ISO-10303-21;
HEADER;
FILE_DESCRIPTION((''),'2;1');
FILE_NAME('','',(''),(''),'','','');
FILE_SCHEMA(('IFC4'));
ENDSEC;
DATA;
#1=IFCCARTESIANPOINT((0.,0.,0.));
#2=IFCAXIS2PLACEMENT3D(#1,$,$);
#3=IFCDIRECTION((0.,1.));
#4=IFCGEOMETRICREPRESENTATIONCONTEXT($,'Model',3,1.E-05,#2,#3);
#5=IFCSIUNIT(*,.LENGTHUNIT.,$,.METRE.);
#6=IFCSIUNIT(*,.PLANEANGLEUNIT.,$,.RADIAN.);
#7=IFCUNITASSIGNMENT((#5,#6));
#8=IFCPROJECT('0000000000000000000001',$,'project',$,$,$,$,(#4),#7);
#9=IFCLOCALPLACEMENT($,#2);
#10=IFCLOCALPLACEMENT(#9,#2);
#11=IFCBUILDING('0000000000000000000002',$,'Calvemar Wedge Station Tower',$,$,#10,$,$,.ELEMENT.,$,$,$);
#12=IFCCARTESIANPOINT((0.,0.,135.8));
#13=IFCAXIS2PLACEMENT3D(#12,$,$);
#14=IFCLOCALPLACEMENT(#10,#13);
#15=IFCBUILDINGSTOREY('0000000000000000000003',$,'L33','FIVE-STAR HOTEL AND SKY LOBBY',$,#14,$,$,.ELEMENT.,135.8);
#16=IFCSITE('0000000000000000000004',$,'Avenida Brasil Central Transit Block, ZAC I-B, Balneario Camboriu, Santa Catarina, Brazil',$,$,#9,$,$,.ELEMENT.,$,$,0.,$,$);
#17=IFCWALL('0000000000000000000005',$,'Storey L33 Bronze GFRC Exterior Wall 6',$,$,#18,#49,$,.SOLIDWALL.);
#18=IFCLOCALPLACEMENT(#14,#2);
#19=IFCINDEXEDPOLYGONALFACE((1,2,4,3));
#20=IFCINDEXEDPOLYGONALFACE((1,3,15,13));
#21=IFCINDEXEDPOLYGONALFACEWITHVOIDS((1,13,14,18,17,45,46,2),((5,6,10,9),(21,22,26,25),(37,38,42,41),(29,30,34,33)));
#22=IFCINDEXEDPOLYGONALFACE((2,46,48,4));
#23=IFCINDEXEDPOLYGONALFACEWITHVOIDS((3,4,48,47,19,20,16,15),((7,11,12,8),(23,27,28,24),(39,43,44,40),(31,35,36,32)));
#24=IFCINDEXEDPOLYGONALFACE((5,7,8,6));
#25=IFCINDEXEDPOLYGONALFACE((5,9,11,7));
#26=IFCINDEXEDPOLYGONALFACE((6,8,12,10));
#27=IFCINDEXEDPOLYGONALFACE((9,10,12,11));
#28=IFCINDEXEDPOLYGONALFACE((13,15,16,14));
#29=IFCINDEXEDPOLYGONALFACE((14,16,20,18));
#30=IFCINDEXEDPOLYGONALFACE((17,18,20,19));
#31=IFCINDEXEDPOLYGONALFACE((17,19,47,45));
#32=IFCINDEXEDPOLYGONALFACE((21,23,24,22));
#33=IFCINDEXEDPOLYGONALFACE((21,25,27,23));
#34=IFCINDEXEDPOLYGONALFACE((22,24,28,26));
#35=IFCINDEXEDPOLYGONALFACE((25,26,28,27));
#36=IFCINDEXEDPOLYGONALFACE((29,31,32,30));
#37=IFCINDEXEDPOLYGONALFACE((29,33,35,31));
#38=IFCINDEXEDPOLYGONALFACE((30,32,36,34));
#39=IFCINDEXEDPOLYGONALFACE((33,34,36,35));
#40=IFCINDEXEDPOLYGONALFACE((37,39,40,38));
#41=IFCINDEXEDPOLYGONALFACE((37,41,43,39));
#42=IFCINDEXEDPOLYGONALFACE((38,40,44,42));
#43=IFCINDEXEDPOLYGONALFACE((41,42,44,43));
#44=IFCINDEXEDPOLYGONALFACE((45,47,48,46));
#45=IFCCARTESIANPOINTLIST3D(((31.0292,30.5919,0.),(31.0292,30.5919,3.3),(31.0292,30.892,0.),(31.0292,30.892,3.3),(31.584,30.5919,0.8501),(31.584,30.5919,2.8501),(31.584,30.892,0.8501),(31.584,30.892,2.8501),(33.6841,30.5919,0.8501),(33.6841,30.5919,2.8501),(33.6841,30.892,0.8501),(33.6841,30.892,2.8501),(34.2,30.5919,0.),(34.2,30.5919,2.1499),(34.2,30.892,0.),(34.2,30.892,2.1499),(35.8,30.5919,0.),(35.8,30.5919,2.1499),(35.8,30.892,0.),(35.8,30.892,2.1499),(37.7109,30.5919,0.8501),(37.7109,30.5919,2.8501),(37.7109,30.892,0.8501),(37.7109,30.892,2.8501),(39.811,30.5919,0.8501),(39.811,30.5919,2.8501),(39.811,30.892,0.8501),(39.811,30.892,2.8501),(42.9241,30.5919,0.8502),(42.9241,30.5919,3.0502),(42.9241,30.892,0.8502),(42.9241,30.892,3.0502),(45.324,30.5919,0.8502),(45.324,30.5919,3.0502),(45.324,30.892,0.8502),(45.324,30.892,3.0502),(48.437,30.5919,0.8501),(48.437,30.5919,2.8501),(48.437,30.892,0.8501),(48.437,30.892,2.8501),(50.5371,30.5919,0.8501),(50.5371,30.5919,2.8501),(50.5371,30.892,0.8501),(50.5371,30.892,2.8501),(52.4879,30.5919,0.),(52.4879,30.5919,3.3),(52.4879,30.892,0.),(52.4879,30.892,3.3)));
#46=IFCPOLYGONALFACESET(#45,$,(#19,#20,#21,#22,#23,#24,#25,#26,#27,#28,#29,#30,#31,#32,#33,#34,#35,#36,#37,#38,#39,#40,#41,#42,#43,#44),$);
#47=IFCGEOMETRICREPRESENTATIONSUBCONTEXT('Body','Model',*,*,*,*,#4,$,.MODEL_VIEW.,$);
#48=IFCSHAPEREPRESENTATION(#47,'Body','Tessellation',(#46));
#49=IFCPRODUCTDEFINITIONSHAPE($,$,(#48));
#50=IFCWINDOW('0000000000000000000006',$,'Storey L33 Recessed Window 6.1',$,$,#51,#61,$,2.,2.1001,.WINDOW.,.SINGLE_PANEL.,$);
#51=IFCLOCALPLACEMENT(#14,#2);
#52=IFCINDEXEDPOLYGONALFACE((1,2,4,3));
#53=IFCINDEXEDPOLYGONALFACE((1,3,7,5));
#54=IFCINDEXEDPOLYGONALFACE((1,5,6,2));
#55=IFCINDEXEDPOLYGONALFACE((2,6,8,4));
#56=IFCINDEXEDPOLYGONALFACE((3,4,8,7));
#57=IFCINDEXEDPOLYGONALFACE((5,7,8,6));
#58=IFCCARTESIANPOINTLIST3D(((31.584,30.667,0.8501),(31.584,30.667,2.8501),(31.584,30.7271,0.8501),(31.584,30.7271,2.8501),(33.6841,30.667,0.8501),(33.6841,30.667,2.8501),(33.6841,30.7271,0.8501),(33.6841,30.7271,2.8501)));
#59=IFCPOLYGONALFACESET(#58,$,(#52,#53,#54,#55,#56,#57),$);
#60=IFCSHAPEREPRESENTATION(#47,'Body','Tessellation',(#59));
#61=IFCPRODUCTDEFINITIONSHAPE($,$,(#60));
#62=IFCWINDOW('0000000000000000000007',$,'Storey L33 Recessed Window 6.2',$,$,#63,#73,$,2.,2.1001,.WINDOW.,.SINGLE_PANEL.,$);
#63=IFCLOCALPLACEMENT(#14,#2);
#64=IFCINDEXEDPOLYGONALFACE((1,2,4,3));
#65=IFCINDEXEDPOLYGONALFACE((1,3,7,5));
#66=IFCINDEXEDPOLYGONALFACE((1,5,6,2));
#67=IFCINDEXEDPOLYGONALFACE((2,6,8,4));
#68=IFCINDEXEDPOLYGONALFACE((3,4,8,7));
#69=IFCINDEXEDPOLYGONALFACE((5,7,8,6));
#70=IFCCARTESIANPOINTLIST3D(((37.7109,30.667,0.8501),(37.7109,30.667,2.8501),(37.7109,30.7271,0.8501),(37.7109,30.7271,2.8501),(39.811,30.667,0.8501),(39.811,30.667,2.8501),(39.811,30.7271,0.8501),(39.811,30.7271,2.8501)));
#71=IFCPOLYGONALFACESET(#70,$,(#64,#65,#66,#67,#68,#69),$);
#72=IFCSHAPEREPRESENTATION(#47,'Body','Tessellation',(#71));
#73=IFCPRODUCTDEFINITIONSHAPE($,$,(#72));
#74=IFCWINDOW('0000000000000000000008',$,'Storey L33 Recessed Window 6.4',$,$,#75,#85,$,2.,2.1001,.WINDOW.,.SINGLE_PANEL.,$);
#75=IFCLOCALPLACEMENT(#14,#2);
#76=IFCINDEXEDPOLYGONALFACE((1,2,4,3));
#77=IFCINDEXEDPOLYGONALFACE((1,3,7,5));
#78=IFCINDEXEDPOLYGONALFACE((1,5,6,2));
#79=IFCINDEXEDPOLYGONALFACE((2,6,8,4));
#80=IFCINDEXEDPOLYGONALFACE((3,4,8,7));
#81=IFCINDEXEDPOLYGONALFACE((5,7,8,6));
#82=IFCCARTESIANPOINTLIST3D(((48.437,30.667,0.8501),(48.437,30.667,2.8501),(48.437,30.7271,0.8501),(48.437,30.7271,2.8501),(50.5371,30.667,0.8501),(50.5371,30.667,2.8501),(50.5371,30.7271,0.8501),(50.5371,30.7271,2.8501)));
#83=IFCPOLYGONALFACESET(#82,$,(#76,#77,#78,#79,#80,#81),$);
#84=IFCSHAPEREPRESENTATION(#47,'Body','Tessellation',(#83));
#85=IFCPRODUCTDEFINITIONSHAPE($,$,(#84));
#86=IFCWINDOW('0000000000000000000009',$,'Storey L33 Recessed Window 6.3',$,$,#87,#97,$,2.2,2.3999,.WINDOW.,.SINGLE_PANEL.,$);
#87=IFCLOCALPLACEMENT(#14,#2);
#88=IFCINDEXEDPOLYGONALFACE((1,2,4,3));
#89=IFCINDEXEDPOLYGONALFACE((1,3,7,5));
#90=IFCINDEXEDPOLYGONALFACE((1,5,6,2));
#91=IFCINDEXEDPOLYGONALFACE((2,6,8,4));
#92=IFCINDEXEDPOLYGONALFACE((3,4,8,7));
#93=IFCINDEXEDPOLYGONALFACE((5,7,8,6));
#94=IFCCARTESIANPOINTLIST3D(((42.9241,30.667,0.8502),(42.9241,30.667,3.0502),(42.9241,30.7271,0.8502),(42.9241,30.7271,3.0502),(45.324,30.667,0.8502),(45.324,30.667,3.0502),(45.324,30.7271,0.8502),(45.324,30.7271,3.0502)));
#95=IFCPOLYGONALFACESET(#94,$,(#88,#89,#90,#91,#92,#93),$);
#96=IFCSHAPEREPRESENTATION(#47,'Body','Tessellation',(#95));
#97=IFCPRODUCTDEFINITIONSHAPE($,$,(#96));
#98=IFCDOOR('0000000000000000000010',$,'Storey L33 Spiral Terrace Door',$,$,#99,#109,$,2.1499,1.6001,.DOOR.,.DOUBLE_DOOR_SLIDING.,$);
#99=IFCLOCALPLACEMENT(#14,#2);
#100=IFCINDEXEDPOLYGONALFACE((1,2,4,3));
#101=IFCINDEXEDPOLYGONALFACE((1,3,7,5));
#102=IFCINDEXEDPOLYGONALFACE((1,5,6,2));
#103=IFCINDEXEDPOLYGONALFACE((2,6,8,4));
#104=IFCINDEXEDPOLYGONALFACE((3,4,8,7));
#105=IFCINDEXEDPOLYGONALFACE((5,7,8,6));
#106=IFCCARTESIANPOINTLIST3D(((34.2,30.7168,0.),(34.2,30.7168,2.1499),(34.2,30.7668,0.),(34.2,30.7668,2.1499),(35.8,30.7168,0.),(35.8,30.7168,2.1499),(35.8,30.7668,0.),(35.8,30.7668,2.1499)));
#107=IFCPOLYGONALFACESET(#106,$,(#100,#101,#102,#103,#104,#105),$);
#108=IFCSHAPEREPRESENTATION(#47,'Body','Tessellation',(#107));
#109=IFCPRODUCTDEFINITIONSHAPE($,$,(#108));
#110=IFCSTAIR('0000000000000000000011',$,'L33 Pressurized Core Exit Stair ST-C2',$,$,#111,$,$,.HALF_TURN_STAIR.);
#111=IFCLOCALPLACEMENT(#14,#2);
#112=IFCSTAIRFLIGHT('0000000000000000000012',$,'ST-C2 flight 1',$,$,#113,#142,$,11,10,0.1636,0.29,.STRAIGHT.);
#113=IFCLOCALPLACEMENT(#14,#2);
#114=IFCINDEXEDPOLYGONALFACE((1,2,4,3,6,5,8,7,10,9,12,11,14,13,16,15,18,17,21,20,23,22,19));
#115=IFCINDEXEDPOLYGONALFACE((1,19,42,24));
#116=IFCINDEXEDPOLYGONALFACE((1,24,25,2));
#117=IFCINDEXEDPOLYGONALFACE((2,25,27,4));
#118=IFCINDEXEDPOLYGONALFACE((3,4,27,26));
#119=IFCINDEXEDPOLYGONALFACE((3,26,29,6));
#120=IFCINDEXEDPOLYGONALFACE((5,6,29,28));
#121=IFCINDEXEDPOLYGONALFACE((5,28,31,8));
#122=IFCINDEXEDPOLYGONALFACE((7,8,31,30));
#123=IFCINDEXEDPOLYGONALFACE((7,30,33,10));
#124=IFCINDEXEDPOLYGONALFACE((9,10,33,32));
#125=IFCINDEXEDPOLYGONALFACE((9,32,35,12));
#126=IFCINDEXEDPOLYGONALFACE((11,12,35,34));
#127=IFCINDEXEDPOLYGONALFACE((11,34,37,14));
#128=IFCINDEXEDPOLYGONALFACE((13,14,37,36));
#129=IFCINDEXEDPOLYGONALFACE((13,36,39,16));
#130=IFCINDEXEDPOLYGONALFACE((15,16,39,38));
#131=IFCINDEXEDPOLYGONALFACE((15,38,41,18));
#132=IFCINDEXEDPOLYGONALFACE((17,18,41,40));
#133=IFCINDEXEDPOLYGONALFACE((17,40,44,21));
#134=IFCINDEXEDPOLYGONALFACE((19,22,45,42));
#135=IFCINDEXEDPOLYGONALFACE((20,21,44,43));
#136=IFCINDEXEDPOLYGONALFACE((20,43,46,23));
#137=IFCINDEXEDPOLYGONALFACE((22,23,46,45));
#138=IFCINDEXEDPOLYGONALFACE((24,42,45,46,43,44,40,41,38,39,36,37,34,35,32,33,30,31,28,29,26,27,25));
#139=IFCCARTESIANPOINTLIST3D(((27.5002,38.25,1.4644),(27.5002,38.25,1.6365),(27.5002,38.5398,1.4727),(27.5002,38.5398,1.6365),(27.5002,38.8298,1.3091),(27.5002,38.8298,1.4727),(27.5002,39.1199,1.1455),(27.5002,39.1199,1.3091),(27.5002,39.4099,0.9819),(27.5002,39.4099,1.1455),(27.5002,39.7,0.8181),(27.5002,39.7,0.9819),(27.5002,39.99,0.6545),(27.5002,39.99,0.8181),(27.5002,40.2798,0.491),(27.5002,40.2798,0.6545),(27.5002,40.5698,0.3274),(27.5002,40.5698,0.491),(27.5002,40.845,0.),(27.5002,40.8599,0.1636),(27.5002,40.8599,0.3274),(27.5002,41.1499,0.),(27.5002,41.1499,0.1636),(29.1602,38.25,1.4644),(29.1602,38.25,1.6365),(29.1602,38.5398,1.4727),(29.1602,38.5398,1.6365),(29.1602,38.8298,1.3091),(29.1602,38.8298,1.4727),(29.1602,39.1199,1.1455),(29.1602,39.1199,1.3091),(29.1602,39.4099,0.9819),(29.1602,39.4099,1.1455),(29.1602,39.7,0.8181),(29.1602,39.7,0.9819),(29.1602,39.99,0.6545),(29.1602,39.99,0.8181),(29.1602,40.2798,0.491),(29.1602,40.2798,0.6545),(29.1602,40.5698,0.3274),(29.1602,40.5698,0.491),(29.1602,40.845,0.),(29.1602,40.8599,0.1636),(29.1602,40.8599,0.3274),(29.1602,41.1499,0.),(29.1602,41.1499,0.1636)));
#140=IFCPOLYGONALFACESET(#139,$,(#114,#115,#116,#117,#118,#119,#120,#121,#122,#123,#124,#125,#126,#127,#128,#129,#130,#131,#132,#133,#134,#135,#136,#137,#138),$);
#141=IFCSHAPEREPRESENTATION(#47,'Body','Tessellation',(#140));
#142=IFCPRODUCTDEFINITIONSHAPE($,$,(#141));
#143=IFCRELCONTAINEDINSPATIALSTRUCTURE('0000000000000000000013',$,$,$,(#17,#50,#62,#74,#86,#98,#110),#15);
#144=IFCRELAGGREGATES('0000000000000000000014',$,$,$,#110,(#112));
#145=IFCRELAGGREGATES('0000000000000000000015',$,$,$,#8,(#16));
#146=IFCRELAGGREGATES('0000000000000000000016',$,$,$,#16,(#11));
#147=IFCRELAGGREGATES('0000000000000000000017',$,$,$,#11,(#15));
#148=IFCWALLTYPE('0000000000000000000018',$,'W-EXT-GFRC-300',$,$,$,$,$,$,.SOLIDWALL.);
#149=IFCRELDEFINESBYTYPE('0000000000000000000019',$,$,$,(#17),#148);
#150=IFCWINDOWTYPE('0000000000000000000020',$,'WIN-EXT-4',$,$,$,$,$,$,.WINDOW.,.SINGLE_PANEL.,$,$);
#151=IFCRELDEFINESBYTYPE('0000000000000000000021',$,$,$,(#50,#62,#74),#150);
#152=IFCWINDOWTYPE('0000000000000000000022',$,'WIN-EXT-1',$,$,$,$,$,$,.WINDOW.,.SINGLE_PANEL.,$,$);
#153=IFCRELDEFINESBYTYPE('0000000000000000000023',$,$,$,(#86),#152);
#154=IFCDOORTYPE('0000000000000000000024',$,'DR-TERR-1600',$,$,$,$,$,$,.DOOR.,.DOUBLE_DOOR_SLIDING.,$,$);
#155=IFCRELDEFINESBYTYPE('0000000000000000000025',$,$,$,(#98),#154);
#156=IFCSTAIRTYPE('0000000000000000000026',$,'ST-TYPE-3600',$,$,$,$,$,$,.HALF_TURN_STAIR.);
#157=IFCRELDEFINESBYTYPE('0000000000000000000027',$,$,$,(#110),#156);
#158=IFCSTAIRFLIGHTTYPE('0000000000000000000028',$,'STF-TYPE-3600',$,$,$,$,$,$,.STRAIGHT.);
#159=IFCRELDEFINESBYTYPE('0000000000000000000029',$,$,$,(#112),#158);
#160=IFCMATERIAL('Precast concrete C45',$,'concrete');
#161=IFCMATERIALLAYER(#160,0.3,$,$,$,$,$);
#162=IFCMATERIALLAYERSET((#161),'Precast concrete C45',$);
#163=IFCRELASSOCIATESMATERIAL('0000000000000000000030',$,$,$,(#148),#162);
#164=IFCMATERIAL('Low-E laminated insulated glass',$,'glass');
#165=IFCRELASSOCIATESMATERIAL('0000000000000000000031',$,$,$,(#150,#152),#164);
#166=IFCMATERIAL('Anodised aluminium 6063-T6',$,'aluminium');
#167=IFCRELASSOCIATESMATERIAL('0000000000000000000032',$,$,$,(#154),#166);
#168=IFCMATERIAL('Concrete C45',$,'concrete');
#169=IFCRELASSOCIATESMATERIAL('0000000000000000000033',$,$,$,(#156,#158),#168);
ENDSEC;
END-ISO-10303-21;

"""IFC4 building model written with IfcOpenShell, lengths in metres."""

from ifc_helpers import new_model, si_unit, direction, frame, frame_2d, origin, place, context, subcontext, project, spatial, polyline, rectangle, outline, extrude, source, transform, mapped, material, layer, layer_set, type_object, element, fill, aggregate, save


model = new_model("IFC4")

# Units and contexts
model_context = context("Model", 3, precision=1e-05, world=origin(), true_north=direction((0.0, 1.0)))
body_context = subcontext(model_context, "Body", "Model", "MODEL_VIEW")
ifc_project = project(units=[si_unit("LENGTHUNIT", "METRE"), si_unit("PLANEANGLEUNIT", "RADIAN")], contexts=[model_context])

# Site, building, storey
site_placement = place(None, origin())
site = spatial("IfcSite", under=ifc_project, at=site_placement, Name="Avenida Brasil Central Transit Block, ZAC I-B, Balneario Camboriu, Santa Catarina, Brazil", CompositionType="ELEMENT", RefElevation=0.0)
building_placement = place(site_placement, origin())
building = spatial("IfcBuilding", under=site, at=building_placement, Name="Calvemar Wedge Station Tower", CompositionType="ELEMENT")
storey_placement = place(building_placement, frame((0.0, 0.0, 135.8)))
storey = spatial("IfcBuildingStorey", under=building, at=storey_placement, Name="L33", Description="FIVE-STAR HOTEL AND SKY LOBBY", CompositionType="ELEMENT", Elevation=135.8)

# Shared definitions
ifc_material_1 = material(Name="Precast concrete C45", Category="concrete")
ifc_layer_1 = layer(ifc_material_1, 0.3)
ifc_layer_set_1 = layer_set([ifc_layer_1], Name="Precast concrete C45")
wall_type_1 = type_object("IfcWallType", Name="W-EXT-GFRC-300", PredefinedType="SOLIDWALL", material=ifc_layer_set_1)
shared_shape_1 = source(origin(), body_context, "Body", "SweptSolid", [
    extrude(rectangle(XDim=2.1001, YDim=2.0, at=frame_2d((1.05, 1.0))), frame((0.0, 0.1602, 0.0), z_axis=(0.0, -1.0, 0.0), x_axis=(1.0, 0.0, 0.0)), (0.0, 0.0, 1.0), 0.3201),
])
ifc_material_2 = material(Name="Low-E laminated insulated glass", Category="glass")
window_type_1 = type_object("IfcWindowType", Name="WIN-EXT-4", PartitioningType="SINGLE_PANEL", PredefinedType="WINDOW", material=ifc_material_2)
shared_shape_2 = source(origin(), body_context, "Body", "SweptSolid", [
    extrude(rectangle(XDim=2.1001, YDim=2.0, at=frame_2d((1.05, 1.0))), frame((0.0, -0.0149, 0.0), z_axis=(0.0, -1.0, 0.0), x_axis=(1.0, 0.0, 0.0)), (0.0, 0.0, 1.0), 0.0601),
])

# Wall, openings, windows, door
wall_1_placement = place(storey_placement, frame((31.0291, 30.7419, 0.0), z_axis=(0.0, 0.0, 1.0), x_axis=(1.0, 0.0, 0.0)))
wall_1 = element("IfcWall", 1, at=wall_1_placement, inside=storey, type_object=wall_type_1, Name="Storey L33 Bronze GFRC Exterior Wall 6", PredefinedType="SOLIDWALL", context=body_context, shape_type="SweptSolid", body=[
    extrude(rectangle(XDim=21.4587, YDim=0.3, at=frame_2d((10.7295, 0.0))), origin(), (0.0, 0.0, 1.0), 3.3),
])
shared_shape_3 = source(origin(), body_context, "Body", "SweptSolid", [
    extrude(rectangle(XDim=1.6001, YDim=2.1499, at=frame_2d((0.8, 1.075))), frame((0.0, 0.1602, 0.0), z_axis=(0.0, -1.0, 0.0), x_axis=(1.0, 0.0, 0.0)), (0.0, 0.0, 1.0), 0.3201),
])
opening_1_placement = place(wall_1_placement, frame((3.1709, 0.0, 0.0)))
opening_1 = element("IfcOpeningElement", 2, at=opening_1_placement, cuts=wall_1, PredefinedType="OPENING", context=body_context, shape_type="MappedRepresentation", body=[
    mapped(shared_shape_3, transform((0.0, 0.0, 0.0), scale=1.0)),
])
opening_2_placement = place(wall_1_placement, frame((0.5549, 0.0, 0.8501)))
opening_2 = element("IfcOpeningElement", 3, at=opening_2_placement, cuts=wall_1, PredefinedType="OPENING", context=body_context, shape_type="MappedRepresentation", body=[
    mapped(shared_shape_1, transform((0.0, 0.0, 0.0), scale=1.0)),
])
opening_3_placement = place(wall_1_placement, frame((6.6819, 0.0, 0.8501)))
opening_3 = element("IfcOpeningElement", 4, at=opening_3_placement, cuts=wall_1, PredefinedType="OPENING", context=body_context, shape_type="MappedRepresentation", body=[
    mapped(shared_shape_1, transform((0.0, 0.0, 0.0), scale=1.0)),
])
shared_shape_4 = source(origin(), body_context, "Body", "SweptSolid", [
    extrude(rectangle(XDim=2.3999, YDim=2.2, at=frame_2d((1.2, 1.1001))), frame((0.0, 0.1602, 0.0), z_axis=(0.0, -1.0, 0.0), x_axis=(1.0, 0.0, 0.0)), (0.0, 0.0, 1.0), 0.3201),
])
opening_4_placement = place(wall_1_placement, frame((11.895, 0.0, 0.8501)))
opening_4 = element("IfcOpeningElement", 5, at=opening_4_placement, cuts=wall_1, PredefinedType="OPENING", context=body_context, shape_type="MappedRepresentation", body=[
    mapped(shared_shape_4, transform((0.0, 0.0, 0.0), scale=1.0)),
])
opening_5_placement = place(wall_1_placement, frame((17.408, 0.0, 0.8501)))
opening_5 = element("IfcOpeningElement", 6, at=opening_5_placement, cuts=wall_1, PredefinedType="OPENING", context=body_context, shape_type="MappedRepresentation", body=[
    mapped(shared_shape_1, transform((0.0, 0.0, 0.0), scale=1.0)),
])
window_1_placement = place(opening_2_placement, origin())
window_1 = element("IfcWindow", 7, at=window_1_placement, inside=storey, type_object=window_type_1, Name="Storey L33 Recessed Window 6.1", OverallHeight=2.0, OverallWidth=2.1001, PartitioningType="SINGLE_PANEL", PredefinedType="WINDOW", context=body_context, shape_type="MappedRepresentation", body=[
    mapped(shared_shape_2, transform((0.0, 0.0, 0.0), scale=1.0)),
])
fill(opening_2, window_1)
window_2_placement = place(opening_3_placement, origin())
window_2 = element("IfcWindow", 8, at=window_2_placement, inside=storey, type_object=window_type_1, Name="Storey L33 Recessed Window 6.2", OverallHeight=2.0, OverallWidth=2.1001, PartitioningType="SINGLE_PANEL", PredefinedType="WINDOW", context=body_context, shape_type="MappedRepresentation", body=[
    mapped(shared_shape_2, transform((0.0, 0.0, 0.0), scale=1.0)),
])
fill(opening_3, window_2)
window_3_placement = place(opening_5_placement, origin())
window_3 = element("IfcWindow", 9, at=window_3_placement, inside=storey, type_object=window_type_1, Name="Storey L33 Recessed Window 6.4", OverallHeight=2.0, OverallWidth=2.1001, PartitioningType="SINGLE_PANEL", PredefinedType="WINDOW", context=body_context, shape_type="MappedRepresentation", body=[
    mapped(shared_shape_2, transform((0.0, 0.0, 0.0), scale=1.0)),
])
fill(opening_5, window_3)
window_type_2 = type_object("IfcWindowType", Name="WIN-EXT-1", PartitioningType="SINGLE_PANEL", PredefinedType="WINDOW", material=ifc_material_2)
shared_shape_5 = source(origin(), body_context, "Body", "SweptSolid", [
    extrude(rectangle(XDim=2.3999, YDim=2.2, at=frame_2d((1.2, 1.1001))), frame((0.0, -0.0149, 0.0), z_axis=(0.0, -1.0, 0.0), x_axis=(1.0, 0.0, 0.0)), (0.0, 0.0, 1.0), 0.0601),
])
window_4_placement = place(opening_4_placement, origin())
window_4 = element("IfcWindow", 10, at=window_4_placement, inside=storey, type_object=window_type_2, Name="Storey L33 Recessed Window 6.3", OverallHeight=2.2, OverallWidth=2.3999, PartitioningType="SINGLE_PANEL", PredefinedType="WINDOW", context=body_context, shape_type="MappedRepresentation", body=[
    mapped(shared_shape_5, transform((0.0, 0.0, 0.0), scale=1.0)),
])
fill(opening_4, window_4)
ifc_material_3 = material(Name="Anodised aluminium 6063-T6", Category="aluminium")
door_type_1 = type_object("IfcDoorType", Name="DR-TERR-1600", OperationType="DOUBLE_DOOR_SLIDING", PredefinedType="DOOR", material=ifc_material_3)
shared_shape_6 = source(origin(), body_context, "Body", "SweptSolid", [
    extrude(rectangle(XDim=1.6001, YDim=2.1499, at=frame_2d((0.8, 1.075))), frame((0.0, 0.0249, 0.0), z_axis=(0.0, -1.0, 0.0), x_axis=(1.0, 0.0, 0.0)), (0.0, 0.0, 1.0), 0.05),
])
door_1_placement = place(opening_1_placement, origin())
door_1 = element("IfcDoor", 11, at=door_1_placement, inside=storey, type_object=door_type_1, Name="Storey L33 Spiral Terrace Door", OperationType="DOUBLE_DOOR_SLIDING", OverallHeight=2.1499, OverallWidth=1.6001, PredefinedType="DOOR", context=body_context, shape_type="MappedRepresentation", body=[
    mapped(shared_shape_6, transform((0.0, 0.0, 0.0), scale=1.0)),
])
fill(opening_1, door_1)

# Stair, stair flight
ifc_material_4 = material(Name="Concrete C45", Category="concrete")
stair_type = type_object("IfcStairType", Name="ST-TYPE-3600", PredefinedType="HALF_TURN_STAIR", material=ifc_material_4)
stair_placement = place(storey_placement, origin())
stair = element("IfcStair", 12, at=stair_placement, inside=storey, type_object=stair_type, Name="L33 Pressurized Core Exit Stair ST-C2", PredefinedType="HALF_TURN_STAIR")
stair_flight_type = type_object("IfcStairFlightType", Name="STF-TYPE-3600", PredefinedType="STRAIGHT", material=ifc_material_4)
stair_flight_1_placement = place(storey_placement, frame((28.3301, 41.1499, 0.0), z_axis=(0.0, 0.0, 1.0), x_axis=(0.0, -1.0, 0.0)))
stair_flight_1 = element("IfcStairFlight", 13, at=stair_flight_1_placement, type_object=stair_flight_type, Name="ST-C2 flight 1", NumberOfRisers=11, NumberOfTreads=10, PredefinedType="STRAIGHT", RiserHeight=0.1636, TreadLength=0.29, context=body_context, shape_type="SweptSolid", body=[
    extrude(outline(polyline([(0.0, 0.0), (0.0, 0.1636), (0.29, 0.1636), (0.29, 0.3274), (0.5801, 0.3274), (0.5801, 0.491), (0.8701, 0.491), (0.8701, 0.6545), (1.1599, 0.6545), (1.1599, 0.8181), (1.45, 0.8181), (1.45, 0.9819), (1.74, 0.9819), (1.74, 1.1455), (2.03, 1.1455), (2.03, 1.3091), (2.3201, 1.3091), (2.3201, 1.4727), (2.6101, 1.4727), (2.6101, 1.6365), (2.8999, 1.6365), (2.8999, 1.8), (2.8999, 1.4644), (0.3049, 0.0), (0.0, 0.0)])), frame((0.0, 0.8301, 0.0), z_axis=(0.0, -1.0, 0.0), x_axis=(1.0, 0.0, 0.0)), (0.0, 0.0, 1.0), 1.6599),
])
aggregate(stair, [stair_flight_1])

save(model, "model.ifc")
